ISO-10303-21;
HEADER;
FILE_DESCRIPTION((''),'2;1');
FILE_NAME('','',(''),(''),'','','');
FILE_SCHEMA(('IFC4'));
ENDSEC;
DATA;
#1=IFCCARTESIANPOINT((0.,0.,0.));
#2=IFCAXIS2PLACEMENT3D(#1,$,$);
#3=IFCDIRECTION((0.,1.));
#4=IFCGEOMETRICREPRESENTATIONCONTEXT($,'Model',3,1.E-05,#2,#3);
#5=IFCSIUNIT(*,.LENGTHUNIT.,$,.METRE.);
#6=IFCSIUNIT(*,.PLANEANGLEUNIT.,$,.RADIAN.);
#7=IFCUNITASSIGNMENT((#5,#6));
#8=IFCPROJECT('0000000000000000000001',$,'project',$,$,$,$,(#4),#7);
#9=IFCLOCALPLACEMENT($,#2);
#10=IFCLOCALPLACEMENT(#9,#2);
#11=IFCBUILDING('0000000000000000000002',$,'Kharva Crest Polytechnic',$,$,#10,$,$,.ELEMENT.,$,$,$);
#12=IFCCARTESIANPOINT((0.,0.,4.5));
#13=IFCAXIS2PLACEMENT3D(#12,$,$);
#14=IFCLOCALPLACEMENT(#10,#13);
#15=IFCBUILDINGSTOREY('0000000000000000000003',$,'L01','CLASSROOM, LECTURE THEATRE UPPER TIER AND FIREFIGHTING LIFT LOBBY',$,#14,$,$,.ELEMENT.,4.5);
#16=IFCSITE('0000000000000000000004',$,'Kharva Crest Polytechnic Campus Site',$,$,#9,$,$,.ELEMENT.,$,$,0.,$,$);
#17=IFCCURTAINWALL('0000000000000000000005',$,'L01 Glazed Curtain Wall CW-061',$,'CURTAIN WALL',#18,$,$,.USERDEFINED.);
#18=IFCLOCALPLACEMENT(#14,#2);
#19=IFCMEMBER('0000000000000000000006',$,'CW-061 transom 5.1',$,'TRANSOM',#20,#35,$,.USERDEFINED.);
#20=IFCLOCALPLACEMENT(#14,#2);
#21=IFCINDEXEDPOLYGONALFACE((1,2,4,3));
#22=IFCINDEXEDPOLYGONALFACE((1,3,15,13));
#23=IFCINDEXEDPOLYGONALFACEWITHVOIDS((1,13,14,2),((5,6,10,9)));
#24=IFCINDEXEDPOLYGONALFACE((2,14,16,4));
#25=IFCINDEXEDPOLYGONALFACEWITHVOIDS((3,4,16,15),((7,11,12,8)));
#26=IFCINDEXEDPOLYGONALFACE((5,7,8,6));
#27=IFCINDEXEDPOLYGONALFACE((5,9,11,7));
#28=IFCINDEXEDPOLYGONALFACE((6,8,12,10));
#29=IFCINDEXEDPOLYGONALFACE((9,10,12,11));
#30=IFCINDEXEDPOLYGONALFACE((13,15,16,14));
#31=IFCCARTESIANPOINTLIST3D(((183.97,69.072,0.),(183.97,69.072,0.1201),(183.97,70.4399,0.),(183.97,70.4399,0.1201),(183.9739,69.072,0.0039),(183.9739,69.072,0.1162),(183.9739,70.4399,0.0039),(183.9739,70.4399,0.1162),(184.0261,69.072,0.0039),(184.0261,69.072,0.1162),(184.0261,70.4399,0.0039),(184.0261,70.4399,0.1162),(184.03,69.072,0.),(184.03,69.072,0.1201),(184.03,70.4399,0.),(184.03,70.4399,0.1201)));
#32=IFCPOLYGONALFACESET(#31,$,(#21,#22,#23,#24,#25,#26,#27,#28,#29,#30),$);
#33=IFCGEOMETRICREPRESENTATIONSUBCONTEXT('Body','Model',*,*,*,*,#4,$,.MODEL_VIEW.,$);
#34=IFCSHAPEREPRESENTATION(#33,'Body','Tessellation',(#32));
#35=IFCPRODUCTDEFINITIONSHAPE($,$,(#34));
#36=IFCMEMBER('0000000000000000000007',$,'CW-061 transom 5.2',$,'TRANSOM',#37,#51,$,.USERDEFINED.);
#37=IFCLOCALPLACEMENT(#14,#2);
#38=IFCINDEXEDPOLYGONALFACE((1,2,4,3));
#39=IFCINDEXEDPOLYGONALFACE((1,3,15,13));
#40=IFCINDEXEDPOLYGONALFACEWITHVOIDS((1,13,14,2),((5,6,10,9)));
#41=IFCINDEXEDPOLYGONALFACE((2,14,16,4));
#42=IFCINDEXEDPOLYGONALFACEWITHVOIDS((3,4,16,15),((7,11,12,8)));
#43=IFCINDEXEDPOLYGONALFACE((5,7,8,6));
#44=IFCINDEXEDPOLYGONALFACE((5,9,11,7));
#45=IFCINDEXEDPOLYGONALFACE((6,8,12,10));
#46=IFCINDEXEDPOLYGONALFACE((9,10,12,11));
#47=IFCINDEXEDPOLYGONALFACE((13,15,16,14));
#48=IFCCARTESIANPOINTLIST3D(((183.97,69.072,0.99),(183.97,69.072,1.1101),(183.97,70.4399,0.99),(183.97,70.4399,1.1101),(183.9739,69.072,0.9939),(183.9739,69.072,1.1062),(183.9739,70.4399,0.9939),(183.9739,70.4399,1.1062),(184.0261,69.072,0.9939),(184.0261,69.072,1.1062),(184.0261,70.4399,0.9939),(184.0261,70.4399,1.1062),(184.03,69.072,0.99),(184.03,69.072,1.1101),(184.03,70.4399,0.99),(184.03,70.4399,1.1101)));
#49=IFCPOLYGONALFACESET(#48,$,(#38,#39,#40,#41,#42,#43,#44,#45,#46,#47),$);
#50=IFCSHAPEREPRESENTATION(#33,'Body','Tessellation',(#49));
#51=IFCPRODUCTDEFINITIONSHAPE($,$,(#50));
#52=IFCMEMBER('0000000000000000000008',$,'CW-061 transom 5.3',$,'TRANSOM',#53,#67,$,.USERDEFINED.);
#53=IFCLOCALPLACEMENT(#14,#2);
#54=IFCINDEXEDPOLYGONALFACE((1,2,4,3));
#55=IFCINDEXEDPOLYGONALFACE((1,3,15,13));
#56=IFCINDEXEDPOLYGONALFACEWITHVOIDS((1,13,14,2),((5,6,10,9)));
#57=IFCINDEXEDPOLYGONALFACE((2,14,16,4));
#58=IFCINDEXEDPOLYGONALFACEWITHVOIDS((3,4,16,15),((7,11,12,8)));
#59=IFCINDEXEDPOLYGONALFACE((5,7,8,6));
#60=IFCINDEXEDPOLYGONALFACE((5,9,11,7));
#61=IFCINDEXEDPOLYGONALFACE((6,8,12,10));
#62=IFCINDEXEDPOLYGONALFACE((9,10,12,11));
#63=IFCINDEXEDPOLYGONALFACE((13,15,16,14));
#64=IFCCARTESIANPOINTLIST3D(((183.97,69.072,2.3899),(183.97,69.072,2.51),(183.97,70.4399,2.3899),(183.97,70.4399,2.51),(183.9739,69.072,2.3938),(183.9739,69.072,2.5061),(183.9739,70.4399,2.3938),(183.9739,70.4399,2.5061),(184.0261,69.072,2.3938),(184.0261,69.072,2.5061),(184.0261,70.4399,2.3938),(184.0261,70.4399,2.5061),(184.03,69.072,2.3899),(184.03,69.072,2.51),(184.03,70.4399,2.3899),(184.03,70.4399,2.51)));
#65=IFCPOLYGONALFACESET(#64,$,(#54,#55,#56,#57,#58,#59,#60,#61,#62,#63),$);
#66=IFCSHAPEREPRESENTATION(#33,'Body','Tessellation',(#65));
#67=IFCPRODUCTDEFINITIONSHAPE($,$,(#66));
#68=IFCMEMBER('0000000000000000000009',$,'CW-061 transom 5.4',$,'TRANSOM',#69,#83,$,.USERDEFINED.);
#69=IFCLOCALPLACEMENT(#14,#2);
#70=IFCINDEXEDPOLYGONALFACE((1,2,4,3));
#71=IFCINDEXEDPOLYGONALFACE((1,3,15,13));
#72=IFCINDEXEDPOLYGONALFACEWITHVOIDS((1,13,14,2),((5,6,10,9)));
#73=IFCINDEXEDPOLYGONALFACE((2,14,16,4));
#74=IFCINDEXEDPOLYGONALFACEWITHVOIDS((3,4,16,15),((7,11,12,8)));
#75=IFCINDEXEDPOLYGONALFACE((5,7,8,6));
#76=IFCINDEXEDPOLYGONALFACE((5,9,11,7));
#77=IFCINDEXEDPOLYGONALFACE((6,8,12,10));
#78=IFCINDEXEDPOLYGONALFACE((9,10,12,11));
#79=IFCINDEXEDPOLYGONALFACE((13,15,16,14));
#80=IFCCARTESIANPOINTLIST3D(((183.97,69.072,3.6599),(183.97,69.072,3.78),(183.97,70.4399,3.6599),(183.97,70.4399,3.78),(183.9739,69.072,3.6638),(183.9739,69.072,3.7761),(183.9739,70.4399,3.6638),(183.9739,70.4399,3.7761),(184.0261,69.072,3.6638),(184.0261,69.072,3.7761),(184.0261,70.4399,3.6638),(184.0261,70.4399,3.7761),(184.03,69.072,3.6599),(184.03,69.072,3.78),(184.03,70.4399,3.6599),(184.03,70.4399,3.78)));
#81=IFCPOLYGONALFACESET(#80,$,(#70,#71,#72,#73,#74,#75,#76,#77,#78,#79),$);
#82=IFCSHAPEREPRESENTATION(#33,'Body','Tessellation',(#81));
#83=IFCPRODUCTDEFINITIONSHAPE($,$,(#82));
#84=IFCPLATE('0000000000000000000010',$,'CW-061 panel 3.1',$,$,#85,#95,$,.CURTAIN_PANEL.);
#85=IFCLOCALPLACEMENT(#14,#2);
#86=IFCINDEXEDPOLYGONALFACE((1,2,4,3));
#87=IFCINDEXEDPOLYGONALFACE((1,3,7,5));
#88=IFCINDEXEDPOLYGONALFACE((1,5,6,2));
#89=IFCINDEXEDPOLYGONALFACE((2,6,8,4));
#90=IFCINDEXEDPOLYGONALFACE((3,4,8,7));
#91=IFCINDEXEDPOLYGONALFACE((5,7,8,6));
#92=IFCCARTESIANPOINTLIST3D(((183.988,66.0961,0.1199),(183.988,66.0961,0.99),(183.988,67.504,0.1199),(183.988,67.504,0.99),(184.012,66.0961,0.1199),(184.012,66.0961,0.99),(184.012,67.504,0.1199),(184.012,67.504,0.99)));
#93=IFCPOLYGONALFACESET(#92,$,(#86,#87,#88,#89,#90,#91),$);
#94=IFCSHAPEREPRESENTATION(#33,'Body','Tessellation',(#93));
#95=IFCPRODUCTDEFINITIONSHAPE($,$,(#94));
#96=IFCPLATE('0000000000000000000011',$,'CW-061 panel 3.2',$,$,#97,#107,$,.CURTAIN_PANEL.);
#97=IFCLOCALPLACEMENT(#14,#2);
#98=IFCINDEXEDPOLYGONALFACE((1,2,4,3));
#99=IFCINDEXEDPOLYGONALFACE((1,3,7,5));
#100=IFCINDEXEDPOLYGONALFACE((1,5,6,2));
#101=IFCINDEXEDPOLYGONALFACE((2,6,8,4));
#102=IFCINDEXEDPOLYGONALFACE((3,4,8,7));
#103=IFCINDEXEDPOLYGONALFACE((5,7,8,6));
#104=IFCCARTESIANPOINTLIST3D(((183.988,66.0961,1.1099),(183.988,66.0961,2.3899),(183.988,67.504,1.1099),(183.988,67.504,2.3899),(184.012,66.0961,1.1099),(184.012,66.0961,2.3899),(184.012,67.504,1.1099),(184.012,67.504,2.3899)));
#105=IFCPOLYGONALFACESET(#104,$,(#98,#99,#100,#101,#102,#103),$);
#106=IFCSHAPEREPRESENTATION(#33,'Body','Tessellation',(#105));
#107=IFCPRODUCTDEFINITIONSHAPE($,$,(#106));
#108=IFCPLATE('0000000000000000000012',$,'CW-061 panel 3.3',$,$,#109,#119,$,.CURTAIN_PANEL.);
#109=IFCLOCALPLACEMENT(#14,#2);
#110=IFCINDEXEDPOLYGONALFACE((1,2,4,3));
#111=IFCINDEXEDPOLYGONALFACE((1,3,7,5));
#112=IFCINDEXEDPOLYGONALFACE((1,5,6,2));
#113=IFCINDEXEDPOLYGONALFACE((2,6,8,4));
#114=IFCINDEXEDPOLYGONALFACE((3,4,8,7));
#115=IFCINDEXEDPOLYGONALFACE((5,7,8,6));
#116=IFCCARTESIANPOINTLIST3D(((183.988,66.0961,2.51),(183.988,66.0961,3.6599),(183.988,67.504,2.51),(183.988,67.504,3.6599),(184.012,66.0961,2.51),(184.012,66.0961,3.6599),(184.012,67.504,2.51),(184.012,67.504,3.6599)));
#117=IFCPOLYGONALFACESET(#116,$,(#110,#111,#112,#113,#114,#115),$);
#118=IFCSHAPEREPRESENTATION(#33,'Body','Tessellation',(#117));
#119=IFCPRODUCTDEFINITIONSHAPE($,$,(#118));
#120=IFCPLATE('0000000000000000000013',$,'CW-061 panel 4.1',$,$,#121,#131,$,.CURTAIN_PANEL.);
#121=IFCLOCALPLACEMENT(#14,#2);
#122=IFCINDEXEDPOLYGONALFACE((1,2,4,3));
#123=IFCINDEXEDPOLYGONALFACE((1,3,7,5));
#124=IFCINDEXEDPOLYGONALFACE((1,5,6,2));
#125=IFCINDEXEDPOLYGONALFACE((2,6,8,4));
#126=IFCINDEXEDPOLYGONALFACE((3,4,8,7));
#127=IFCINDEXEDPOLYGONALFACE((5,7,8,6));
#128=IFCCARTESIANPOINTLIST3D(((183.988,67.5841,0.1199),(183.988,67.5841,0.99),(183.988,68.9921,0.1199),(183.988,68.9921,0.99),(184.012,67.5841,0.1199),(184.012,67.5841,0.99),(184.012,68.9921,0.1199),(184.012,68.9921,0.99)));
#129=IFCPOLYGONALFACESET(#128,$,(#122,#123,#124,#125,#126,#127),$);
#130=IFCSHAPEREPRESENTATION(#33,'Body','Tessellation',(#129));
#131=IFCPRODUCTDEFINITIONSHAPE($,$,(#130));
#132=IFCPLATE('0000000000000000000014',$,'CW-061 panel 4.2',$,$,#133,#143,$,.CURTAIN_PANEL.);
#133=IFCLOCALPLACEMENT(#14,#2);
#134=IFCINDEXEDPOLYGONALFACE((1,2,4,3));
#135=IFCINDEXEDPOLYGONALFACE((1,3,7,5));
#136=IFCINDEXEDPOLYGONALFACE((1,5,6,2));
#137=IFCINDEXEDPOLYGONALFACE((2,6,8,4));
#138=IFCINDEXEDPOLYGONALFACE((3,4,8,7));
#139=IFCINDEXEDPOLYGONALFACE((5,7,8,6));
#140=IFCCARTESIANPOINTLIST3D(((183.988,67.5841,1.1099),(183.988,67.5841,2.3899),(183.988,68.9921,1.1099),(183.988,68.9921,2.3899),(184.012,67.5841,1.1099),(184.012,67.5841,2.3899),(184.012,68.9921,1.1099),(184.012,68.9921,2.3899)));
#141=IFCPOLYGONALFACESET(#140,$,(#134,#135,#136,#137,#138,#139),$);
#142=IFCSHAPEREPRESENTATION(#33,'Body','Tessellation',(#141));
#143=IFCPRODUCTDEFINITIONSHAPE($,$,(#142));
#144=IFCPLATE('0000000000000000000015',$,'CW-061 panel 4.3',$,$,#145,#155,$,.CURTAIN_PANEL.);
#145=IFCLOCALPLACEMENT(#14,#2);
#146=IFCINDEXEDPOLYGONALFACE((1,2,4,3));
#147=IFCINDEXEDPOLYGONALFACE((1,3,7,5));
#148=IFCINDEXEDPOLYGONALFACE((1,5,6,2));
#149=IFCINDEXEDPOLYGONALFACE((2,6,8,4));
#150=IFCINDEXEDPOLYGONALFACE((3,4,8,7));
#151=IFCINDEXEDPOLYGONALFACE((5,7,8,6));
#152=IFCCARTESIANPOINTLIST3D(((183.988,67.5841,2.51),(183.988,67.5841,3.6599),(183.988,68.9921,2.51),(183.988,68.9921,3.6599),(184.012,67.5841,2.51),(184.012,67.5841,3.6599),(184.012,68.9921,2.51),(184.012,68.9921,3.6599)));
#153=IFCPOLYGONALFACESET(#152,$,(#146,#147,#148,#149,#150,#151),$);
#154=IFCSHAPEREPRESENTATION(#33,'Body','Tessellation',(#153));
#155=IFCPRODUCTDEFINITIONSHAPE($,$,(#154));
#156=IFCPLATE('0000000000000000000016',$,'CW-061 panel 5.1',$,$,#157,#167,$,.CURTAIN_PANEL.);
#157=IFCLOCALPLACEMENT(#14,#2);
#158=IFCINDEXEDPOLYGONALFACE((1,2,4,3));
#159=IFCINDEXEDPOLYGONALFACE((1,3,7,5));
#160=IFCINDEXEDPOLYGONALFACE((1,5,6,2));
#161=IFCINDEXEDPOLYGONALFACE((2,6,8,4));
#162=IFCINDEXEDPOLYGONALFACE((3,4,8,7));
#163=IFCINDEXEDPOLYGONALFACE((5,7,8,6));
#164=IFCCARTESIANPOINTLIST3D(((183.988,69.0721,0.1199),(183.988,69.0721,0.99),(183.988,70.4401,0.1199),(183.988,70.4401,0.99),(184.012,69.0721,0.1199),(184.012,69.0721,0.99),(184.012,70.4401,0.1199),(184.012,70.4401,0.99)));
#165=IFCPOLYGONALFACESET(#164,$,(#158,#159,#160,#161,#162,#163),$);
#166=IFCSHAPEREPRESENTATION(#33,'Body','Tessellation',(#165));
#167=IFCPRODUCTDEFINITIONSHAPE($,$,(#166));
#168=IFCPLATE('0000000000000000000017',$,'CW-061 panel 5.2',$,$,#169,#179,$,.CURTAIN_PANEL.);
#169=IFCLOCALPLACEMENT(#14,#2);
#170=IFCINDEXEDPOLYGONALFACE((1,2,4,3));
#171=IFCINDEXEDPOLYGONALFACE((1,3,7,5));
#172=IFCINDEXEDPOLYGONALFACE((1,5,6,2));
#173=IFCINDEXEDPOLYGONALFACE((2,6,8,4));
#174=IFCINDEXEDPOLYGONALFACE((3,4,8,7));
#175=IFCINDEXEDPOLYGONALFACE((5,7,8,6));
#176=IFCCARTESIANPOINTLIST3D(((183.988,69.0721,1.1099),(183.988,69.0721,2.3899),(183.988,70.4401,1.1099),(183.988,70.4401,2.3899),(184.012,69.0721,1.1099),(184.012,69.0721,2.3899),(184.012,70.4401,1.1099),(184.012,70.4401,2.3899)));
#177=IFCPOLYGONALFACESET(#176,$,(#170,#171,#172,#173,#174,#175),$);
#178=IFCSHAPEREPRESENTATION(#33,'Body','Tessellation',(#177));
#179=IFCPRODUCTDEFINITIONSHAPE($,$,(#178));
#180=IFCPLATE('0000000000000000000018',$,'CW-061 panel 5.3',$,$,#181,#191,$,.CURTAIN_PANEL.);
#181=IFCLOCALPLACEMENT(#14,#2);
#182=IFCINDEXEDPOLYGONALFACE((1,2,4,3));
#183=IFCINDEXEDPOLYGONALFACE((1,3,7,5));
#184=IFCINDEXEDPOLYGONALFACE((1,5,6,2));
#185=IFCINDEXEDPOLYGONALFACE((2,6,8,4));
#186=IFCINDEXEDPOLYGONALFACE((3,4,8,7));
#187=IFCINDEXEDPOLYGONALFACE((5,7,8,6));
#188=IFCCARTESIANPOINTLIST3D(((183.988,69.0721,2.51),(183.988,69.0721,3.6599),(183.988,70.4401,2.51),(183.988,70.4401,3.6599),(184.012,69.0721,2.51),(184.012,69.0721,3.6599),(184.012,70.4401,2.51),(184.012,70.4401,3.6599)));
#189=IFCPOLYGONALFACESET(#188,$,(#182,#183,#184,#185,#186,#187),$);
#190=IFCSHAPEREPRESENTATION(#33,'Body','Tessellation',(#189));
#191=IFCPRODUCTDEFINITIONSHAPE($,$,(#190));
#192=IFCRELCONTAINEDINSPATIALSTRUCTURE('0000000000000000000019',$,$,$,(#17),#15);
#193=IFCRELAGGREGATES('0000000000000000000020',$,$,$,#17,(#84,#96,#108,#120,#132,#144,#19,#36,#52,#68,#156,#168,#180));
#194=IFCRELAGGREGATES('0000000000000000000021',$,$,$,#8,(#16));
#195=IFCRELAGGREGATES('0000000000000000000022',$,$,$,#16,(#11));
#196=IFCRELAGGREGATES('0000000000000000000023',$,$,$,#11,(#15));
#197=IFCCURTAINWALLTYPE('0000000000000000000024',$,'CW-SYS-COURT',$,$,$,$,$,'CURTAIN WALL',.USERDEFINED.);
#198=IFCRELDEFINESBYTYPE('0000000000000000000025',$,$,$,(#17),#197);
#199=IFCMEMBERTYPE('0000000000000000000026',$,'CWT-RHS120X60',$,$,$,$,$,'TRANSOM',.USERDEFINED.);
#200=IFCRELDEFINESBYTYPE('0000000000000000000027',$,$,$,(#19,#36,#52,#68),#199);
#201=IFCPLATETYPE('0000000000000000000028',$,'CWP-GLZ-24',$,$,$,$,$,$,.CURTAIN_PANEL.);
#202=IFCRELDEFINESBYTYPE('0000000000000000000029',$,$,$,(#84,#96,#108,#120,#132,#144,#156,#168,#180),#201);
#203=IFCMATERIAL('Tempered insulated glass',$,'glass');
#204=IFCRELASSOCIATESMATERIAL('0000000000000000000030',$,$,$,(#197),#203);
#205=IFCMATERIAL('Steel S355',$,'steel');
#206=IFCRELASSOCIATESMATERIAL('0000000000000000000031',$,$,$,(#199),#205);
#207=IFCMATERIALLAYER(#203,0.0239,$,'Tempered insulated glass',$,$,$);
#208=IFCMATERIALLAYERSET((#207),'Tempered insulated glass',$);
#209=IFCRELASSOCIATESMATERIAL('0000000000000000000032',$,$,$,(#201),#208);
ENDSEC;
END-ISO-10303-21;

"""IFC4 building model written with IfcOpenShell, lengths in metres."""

from ifc_helpers import new_model, si_unit, direction, frame, origin, origin_2d, place, context, subcontext, project, spatial, rectangle, hollow_rectangle, extrude, material, layer, layer_set, material_profile, profile_set, type_object, element, aggregate, save


model = new_model("IFC4")

# Units and contexts
model_context = context("Model", 3, precision=1e-05, world=origin(), true_north=direction((0.0, 1.0)))
body_context = subcontext(model_context, "Body", "Model", "MODEL_VIEW")
ifc_project = project(units=[si_unit("LENGTHUNIT", "METRE"), si_unit("PLANEANGLEUNIT", "RADIAN")], contexts=[model_context])

# Site, building, storey
site_placement = place(None, origin())
site = spatial("IfcSite", under=ifc_project, at=site_placement, Name="Kharva Crest Polytechnic Campus Site", CompositionType="ELEMENT", RefElevation=0.0)
building_placement = place(site_placement, origin())
building = spatial("IfcBuilding", under=site, at=building_placement, Name="Kharva Crest Polytechnic", CompositionType="ELEMENT")
storey_placement = place(building_placement, frame((0.0, 0.0, 4.5)))
storey = spatial("IfcBuildingStorey", under=building, at=storey_placement, Name="L01", Description="CLASSROOM, LECTURE THEATRE UPPER TIER AND FIREFIGHTING LIFT LOBBY", CompositionType="ELEMENT", Elevation=4.5)

# Curtain wall, members, plates
ifc_material_1 = material(Name="Tempered insulated glass", Category="glass")
curtain_wall_type = type_object("IfcCurtainWallType", Name="CW-SYS-COURT", ElementType="CURTAIN WALL", PredefinedType="USERDEFINED", material=ifc_material_1)
curtain_wall_placement = place(storey_placement, origin())
curtain_wall = element("IfcCurtainWall", 1, at=curtain_wall_placement, inside=storey, type_object=curtain_wall_type, Name="L01 Glazed Curtain Wall CW-061", ObjectType="CURTAIN WALL", PredefinedType="USERDEFINED")
ifc_material_2 = material(Name="Steel S355", Category="steel")
ifc_material_profile_1 = material_profile(ifc_material_2, hollow_rectangle(XDim=0.0601, YDim=0.1201, WallThickness=0.0039, at=origin_2d()), Name="RHS 120X60X4.0")
ifc_profile_set_1 = profile_set([ifc_material_profile_1], Name="Steel S355")
member_type_1 = type_object("IfcMemberType", Name="CWT-RHS120X60", ElementType="TRANSOM", PredefinedType="USERDEFINED", material=ifc_profile_set_1)
member_1_placement = place(storey_placement, frame((184.0, 69.072, 0.0601), z_axis=(0.0, 1.0, 0.0), x_axis=(-1.0, 0.0, 0.0)))
member_1 = element("IfcMember", 2, at=member_1_placement, type_object=member_type_1, Name="CW-061 transom 5.1", ObjectType="TRANSOM", PredefinedType="USERDEFINED", context=body_context, shape_type="SweptSolid", body=[
    extrude(hollow_rectangle(XDim=0.0601, YDim=0.1201, WallThickness=0.0039, at=origin_2d()), origin(), (0.0, 0.0, 1.0), 1.3679),
])
member_2_placement = place(storey_placement, frame((184.0, 69.072, 1.05), z_axis=(0.0, 1.0, 0.0), x_axis=(-1.0, 0.0, 0.0)))
member_2 = element("IfcMember", 3, at=member_2_placement, type_object=member_type_1, Name="CW-061 transom 5.2", ObjectType="TRANSOM", PredefinedType="USERDEFINED", context=body_context, shape_type="SweptSolid", body=[
    extrude(hollow_rectangle(XDim=0.0601, YDim=0.1201, WallThickness=0.0039, at=origin_2d()), origin(), (0.0, 0.0, 1.0), 1.3679),
])
member_3_placement = place(storey_placement, frame((184.0, 69.072, 2.45), z_axis=(0.0, 1.0, 0.0), x_axis=(-1.0, 0.0, 0.0)))
member_3 = element("IfcMember", 4, at=member_3_placement, type_object=member_type_1, Name="CW-061 transom 5.3", ObjectType="TRANSOM", PredefinedType="USERDEFINED", context=body_context, shape_type="SweptSolid", body=[
    extrude(hollow_rectangle(XDim=0.0601, YDim=0.1201, WallThickness=0.0039, at=origin_2d()), origin(), (0.0, 0.0, 1.0), 1.3679),
])
member_4_placement = place(storey_placement, frame((184.0, 69.072, 3.72), z_axis=(0.0, 1.0, 0.0), x_axis=(-1.0, 0.0, 0.0)))
member_4 = element("IfcMember", 5, at=member_4_placement, type_object=member_type_1, Name="CW-061 transom 5.4", ObjectType="TRANSOM", PredefinedType="USERDEFINED", context=body_context, shape_type="SweptSolid", body=[
    extrude(hollow_rectangle(XDim=0.0601, YDim=0.1201, WallThickness=0.0039, at=origin_2d()), origin(), (0.0, 0.0, 1.0), 1.3679),
])
ifc_layer = layer(ifc_material_1, 0.0239, Name="Tempered insulated glass")
ifc_layer_set = layer_set([ifc_layer], Name="Tempered insulated glass")
plate_type = type_object("IfcPlateType", Name="CWP-GLZ-24", PredefinedType="CURTAIN_PANEL", material=ifc_layer_set)
plate_1_placement = place(storey_placement, frame((184.0, 66.8, 0.1199), z_axis=(0.0, 0.0, 1.0), x_axis=(0.0, 1.0, 0.0)))
plate_1 = element("IfcPlate", 6, at=plate_1_placement, type_object=plate_type, Name="CW-061 panel 3.1", PredefinedType="CURTAIN_PANEL", context=body_context, shape_type="SweptSolid", body=[
    extrude(rectangle(XDim=1.408, YDim=0.0239, at=origin_2d()), origin(), (0.0, 0.0, 1.0), 0.8701),
])
plate_2_placement = place(storey_placement, frame((184.0, 66.8, 1.1099), z_axis=(0.0, 0.0, 1.0), x_axis=(0.0, 1.0, 0.0)))
plate_2 = element("IfcPlate", 7, at=plate_2_placement, type_object=plate_type, Name="CW-061 panel 3.2", PredefinedType="CURTAIN_PANEL", context=body_context, shape_type="SweptSolid", body=[
    extrude(rectangle(XDim=1.408, YDim=0.0239, at=origin_2d()), origin(), (0.0, 0.0, 1.0), 1.28),
])
plate_3_placement = place(storey_placement, frame((184.0, 66.8, 2.51), z_axis=(0.0, 0.0, 1.0), x_axis=(0.0, 1.0, 0.0)))
plate_3 = element("IfcPlate", 8, at=plate_3_placement, type_object=plate_type, Name="CW-061 panel 3.3", PredefinedType="CURTAIN_PANEL", context=body_context, shape_type="SweptSolid", body=[
    extrude(rectangle(XDim=1.408, YDim=0.0239, at=origin_2d()), origin(), (0.0, 0.0, 1.0), 1.1499),
])
plate_4_placement = place(storey_placement, frame((184.0, 68.2881, 0.1199), z_axis=(0.0, 0.0, 1.0), x_axis=(0.0, 1.0, 0.0)))
plate_4 = element("IfcPlate", 9, at=plate_4_placement, type_object=plate_type, Name="CW-061 panel 4.1", PredefinedType="CURTAIN_PANEL", context=body_context, shape_type="SweptSolid", body=[
    extrude(rectangle(XDim=1.408, YDim=0.0239, at=origin_2d()), origin(), (0.0, 0.0, 1.0), 0.8701),
])
plate_5_placement = place(storey_placement, frame((184.0, 68.2881, 1.1099), z_axis=(0.0, 0.0, 1.0), x_axis=(0.0, 1.0, 0.0)))
plate_5 = element("IfcPlate", 10, at=plate_5_placement, type_object=plate_type, Name="CW-061 panel 4.2", PredefinedType="CURTAIN_PANEL", context=body_context, shape_type="SweptSolid", body=[
    extrude(rectangle(XDim=1.408, YDim=0.0239, at=origin_2d()), origin(), (0.0, 0.0, 1.0), 1.28),
])
plate_6_placement = place(storey_placement, frame((184.0, 68.2881, 2.51), z_axis=(0.0, 0.0, 1.0), x_axis=(0.0, 1.0, 0.0)))
plate_6 = element("IfcPlate", 11, at=plate_6_placement, type_object=plate_type, Name="CW-061 panel 4.3", PredefinedType="CURTAIN_PANEL", context=body_context, shape_type="SweptSolid", body=[
    extrude(rectangle(XDim=1.408, YDim=0.0239, at=origin_2d()), origin(), (0.0, 0.0, 1.0), 1.1499),
])
plate_7_placement = place(storey_placement, frame((184.0, 69.7561, 0.1199), z_axis=(0.0, 0.0, 1.0), x_axis=(0.0, 1.0, 0.0)))
plate_7 = element("IfcPlate", 12, at=plate_7_placement, type_object=plate_type, Name="CW-061 panel 5.1", PredefinedType="CURTAIN_PANEL", context=body_context, shape_type="SweptSolid", body=[
    extrude(rectangle(XDim=1.3679, YDim=0.0239, at=origin_2d()), origin(), (0.0, 0.0, 1.0), 0.8701),
])
plate_8_placement = place(storey_placement, frame((184.0, 69.7561, 1.1099), z_axis=(0.0, 0.0, 1.0), x_axis=(0.0, 1.0, 0.0)))
plate_8 = element("IfcPlate", 13, at=plate_8_placement, type_object=plate_type, Name="CW-061 panel 5.2", PredefinedType="CURTAIN_PANEL", context=body_context, shape_type="SweptSolid", body=[
    extrude(rectangle(XDim=1.3679, YDim=0.0239, at=origin_2d()), origin(), (0.0, 0.0, 1.0), 1.28),
])
plate_9_placement = place(storey_placement, frame((184.0, 69.7561, 2.51), z_axis=(0.0, 0.0, 1.0), x_axis=(0.0, 1.0, 0.0)))
plate_9 = element("IfcPlate", 14, at=plate_9_placement, type_object=plate_type, Name="CW-061 panel 5.3", PredefinedType="CURTAIN_PANEL", context=body_context, shape_type="SweptSolid", body=[
    extrude(rectangle(XDim=1.3679, YDim=0.0239, at=origin_2d()), origin(), (0.0, 0.0, 1.0), 1.1499),
])
aggregate(curtain_wall, [plate_1, plate_2, plate_3, plate_4, plate_5, plate_6, member_1, member_2, member_3, member_4, plate_7, plate_8, plate_9])

save(model, "model.ifc")
